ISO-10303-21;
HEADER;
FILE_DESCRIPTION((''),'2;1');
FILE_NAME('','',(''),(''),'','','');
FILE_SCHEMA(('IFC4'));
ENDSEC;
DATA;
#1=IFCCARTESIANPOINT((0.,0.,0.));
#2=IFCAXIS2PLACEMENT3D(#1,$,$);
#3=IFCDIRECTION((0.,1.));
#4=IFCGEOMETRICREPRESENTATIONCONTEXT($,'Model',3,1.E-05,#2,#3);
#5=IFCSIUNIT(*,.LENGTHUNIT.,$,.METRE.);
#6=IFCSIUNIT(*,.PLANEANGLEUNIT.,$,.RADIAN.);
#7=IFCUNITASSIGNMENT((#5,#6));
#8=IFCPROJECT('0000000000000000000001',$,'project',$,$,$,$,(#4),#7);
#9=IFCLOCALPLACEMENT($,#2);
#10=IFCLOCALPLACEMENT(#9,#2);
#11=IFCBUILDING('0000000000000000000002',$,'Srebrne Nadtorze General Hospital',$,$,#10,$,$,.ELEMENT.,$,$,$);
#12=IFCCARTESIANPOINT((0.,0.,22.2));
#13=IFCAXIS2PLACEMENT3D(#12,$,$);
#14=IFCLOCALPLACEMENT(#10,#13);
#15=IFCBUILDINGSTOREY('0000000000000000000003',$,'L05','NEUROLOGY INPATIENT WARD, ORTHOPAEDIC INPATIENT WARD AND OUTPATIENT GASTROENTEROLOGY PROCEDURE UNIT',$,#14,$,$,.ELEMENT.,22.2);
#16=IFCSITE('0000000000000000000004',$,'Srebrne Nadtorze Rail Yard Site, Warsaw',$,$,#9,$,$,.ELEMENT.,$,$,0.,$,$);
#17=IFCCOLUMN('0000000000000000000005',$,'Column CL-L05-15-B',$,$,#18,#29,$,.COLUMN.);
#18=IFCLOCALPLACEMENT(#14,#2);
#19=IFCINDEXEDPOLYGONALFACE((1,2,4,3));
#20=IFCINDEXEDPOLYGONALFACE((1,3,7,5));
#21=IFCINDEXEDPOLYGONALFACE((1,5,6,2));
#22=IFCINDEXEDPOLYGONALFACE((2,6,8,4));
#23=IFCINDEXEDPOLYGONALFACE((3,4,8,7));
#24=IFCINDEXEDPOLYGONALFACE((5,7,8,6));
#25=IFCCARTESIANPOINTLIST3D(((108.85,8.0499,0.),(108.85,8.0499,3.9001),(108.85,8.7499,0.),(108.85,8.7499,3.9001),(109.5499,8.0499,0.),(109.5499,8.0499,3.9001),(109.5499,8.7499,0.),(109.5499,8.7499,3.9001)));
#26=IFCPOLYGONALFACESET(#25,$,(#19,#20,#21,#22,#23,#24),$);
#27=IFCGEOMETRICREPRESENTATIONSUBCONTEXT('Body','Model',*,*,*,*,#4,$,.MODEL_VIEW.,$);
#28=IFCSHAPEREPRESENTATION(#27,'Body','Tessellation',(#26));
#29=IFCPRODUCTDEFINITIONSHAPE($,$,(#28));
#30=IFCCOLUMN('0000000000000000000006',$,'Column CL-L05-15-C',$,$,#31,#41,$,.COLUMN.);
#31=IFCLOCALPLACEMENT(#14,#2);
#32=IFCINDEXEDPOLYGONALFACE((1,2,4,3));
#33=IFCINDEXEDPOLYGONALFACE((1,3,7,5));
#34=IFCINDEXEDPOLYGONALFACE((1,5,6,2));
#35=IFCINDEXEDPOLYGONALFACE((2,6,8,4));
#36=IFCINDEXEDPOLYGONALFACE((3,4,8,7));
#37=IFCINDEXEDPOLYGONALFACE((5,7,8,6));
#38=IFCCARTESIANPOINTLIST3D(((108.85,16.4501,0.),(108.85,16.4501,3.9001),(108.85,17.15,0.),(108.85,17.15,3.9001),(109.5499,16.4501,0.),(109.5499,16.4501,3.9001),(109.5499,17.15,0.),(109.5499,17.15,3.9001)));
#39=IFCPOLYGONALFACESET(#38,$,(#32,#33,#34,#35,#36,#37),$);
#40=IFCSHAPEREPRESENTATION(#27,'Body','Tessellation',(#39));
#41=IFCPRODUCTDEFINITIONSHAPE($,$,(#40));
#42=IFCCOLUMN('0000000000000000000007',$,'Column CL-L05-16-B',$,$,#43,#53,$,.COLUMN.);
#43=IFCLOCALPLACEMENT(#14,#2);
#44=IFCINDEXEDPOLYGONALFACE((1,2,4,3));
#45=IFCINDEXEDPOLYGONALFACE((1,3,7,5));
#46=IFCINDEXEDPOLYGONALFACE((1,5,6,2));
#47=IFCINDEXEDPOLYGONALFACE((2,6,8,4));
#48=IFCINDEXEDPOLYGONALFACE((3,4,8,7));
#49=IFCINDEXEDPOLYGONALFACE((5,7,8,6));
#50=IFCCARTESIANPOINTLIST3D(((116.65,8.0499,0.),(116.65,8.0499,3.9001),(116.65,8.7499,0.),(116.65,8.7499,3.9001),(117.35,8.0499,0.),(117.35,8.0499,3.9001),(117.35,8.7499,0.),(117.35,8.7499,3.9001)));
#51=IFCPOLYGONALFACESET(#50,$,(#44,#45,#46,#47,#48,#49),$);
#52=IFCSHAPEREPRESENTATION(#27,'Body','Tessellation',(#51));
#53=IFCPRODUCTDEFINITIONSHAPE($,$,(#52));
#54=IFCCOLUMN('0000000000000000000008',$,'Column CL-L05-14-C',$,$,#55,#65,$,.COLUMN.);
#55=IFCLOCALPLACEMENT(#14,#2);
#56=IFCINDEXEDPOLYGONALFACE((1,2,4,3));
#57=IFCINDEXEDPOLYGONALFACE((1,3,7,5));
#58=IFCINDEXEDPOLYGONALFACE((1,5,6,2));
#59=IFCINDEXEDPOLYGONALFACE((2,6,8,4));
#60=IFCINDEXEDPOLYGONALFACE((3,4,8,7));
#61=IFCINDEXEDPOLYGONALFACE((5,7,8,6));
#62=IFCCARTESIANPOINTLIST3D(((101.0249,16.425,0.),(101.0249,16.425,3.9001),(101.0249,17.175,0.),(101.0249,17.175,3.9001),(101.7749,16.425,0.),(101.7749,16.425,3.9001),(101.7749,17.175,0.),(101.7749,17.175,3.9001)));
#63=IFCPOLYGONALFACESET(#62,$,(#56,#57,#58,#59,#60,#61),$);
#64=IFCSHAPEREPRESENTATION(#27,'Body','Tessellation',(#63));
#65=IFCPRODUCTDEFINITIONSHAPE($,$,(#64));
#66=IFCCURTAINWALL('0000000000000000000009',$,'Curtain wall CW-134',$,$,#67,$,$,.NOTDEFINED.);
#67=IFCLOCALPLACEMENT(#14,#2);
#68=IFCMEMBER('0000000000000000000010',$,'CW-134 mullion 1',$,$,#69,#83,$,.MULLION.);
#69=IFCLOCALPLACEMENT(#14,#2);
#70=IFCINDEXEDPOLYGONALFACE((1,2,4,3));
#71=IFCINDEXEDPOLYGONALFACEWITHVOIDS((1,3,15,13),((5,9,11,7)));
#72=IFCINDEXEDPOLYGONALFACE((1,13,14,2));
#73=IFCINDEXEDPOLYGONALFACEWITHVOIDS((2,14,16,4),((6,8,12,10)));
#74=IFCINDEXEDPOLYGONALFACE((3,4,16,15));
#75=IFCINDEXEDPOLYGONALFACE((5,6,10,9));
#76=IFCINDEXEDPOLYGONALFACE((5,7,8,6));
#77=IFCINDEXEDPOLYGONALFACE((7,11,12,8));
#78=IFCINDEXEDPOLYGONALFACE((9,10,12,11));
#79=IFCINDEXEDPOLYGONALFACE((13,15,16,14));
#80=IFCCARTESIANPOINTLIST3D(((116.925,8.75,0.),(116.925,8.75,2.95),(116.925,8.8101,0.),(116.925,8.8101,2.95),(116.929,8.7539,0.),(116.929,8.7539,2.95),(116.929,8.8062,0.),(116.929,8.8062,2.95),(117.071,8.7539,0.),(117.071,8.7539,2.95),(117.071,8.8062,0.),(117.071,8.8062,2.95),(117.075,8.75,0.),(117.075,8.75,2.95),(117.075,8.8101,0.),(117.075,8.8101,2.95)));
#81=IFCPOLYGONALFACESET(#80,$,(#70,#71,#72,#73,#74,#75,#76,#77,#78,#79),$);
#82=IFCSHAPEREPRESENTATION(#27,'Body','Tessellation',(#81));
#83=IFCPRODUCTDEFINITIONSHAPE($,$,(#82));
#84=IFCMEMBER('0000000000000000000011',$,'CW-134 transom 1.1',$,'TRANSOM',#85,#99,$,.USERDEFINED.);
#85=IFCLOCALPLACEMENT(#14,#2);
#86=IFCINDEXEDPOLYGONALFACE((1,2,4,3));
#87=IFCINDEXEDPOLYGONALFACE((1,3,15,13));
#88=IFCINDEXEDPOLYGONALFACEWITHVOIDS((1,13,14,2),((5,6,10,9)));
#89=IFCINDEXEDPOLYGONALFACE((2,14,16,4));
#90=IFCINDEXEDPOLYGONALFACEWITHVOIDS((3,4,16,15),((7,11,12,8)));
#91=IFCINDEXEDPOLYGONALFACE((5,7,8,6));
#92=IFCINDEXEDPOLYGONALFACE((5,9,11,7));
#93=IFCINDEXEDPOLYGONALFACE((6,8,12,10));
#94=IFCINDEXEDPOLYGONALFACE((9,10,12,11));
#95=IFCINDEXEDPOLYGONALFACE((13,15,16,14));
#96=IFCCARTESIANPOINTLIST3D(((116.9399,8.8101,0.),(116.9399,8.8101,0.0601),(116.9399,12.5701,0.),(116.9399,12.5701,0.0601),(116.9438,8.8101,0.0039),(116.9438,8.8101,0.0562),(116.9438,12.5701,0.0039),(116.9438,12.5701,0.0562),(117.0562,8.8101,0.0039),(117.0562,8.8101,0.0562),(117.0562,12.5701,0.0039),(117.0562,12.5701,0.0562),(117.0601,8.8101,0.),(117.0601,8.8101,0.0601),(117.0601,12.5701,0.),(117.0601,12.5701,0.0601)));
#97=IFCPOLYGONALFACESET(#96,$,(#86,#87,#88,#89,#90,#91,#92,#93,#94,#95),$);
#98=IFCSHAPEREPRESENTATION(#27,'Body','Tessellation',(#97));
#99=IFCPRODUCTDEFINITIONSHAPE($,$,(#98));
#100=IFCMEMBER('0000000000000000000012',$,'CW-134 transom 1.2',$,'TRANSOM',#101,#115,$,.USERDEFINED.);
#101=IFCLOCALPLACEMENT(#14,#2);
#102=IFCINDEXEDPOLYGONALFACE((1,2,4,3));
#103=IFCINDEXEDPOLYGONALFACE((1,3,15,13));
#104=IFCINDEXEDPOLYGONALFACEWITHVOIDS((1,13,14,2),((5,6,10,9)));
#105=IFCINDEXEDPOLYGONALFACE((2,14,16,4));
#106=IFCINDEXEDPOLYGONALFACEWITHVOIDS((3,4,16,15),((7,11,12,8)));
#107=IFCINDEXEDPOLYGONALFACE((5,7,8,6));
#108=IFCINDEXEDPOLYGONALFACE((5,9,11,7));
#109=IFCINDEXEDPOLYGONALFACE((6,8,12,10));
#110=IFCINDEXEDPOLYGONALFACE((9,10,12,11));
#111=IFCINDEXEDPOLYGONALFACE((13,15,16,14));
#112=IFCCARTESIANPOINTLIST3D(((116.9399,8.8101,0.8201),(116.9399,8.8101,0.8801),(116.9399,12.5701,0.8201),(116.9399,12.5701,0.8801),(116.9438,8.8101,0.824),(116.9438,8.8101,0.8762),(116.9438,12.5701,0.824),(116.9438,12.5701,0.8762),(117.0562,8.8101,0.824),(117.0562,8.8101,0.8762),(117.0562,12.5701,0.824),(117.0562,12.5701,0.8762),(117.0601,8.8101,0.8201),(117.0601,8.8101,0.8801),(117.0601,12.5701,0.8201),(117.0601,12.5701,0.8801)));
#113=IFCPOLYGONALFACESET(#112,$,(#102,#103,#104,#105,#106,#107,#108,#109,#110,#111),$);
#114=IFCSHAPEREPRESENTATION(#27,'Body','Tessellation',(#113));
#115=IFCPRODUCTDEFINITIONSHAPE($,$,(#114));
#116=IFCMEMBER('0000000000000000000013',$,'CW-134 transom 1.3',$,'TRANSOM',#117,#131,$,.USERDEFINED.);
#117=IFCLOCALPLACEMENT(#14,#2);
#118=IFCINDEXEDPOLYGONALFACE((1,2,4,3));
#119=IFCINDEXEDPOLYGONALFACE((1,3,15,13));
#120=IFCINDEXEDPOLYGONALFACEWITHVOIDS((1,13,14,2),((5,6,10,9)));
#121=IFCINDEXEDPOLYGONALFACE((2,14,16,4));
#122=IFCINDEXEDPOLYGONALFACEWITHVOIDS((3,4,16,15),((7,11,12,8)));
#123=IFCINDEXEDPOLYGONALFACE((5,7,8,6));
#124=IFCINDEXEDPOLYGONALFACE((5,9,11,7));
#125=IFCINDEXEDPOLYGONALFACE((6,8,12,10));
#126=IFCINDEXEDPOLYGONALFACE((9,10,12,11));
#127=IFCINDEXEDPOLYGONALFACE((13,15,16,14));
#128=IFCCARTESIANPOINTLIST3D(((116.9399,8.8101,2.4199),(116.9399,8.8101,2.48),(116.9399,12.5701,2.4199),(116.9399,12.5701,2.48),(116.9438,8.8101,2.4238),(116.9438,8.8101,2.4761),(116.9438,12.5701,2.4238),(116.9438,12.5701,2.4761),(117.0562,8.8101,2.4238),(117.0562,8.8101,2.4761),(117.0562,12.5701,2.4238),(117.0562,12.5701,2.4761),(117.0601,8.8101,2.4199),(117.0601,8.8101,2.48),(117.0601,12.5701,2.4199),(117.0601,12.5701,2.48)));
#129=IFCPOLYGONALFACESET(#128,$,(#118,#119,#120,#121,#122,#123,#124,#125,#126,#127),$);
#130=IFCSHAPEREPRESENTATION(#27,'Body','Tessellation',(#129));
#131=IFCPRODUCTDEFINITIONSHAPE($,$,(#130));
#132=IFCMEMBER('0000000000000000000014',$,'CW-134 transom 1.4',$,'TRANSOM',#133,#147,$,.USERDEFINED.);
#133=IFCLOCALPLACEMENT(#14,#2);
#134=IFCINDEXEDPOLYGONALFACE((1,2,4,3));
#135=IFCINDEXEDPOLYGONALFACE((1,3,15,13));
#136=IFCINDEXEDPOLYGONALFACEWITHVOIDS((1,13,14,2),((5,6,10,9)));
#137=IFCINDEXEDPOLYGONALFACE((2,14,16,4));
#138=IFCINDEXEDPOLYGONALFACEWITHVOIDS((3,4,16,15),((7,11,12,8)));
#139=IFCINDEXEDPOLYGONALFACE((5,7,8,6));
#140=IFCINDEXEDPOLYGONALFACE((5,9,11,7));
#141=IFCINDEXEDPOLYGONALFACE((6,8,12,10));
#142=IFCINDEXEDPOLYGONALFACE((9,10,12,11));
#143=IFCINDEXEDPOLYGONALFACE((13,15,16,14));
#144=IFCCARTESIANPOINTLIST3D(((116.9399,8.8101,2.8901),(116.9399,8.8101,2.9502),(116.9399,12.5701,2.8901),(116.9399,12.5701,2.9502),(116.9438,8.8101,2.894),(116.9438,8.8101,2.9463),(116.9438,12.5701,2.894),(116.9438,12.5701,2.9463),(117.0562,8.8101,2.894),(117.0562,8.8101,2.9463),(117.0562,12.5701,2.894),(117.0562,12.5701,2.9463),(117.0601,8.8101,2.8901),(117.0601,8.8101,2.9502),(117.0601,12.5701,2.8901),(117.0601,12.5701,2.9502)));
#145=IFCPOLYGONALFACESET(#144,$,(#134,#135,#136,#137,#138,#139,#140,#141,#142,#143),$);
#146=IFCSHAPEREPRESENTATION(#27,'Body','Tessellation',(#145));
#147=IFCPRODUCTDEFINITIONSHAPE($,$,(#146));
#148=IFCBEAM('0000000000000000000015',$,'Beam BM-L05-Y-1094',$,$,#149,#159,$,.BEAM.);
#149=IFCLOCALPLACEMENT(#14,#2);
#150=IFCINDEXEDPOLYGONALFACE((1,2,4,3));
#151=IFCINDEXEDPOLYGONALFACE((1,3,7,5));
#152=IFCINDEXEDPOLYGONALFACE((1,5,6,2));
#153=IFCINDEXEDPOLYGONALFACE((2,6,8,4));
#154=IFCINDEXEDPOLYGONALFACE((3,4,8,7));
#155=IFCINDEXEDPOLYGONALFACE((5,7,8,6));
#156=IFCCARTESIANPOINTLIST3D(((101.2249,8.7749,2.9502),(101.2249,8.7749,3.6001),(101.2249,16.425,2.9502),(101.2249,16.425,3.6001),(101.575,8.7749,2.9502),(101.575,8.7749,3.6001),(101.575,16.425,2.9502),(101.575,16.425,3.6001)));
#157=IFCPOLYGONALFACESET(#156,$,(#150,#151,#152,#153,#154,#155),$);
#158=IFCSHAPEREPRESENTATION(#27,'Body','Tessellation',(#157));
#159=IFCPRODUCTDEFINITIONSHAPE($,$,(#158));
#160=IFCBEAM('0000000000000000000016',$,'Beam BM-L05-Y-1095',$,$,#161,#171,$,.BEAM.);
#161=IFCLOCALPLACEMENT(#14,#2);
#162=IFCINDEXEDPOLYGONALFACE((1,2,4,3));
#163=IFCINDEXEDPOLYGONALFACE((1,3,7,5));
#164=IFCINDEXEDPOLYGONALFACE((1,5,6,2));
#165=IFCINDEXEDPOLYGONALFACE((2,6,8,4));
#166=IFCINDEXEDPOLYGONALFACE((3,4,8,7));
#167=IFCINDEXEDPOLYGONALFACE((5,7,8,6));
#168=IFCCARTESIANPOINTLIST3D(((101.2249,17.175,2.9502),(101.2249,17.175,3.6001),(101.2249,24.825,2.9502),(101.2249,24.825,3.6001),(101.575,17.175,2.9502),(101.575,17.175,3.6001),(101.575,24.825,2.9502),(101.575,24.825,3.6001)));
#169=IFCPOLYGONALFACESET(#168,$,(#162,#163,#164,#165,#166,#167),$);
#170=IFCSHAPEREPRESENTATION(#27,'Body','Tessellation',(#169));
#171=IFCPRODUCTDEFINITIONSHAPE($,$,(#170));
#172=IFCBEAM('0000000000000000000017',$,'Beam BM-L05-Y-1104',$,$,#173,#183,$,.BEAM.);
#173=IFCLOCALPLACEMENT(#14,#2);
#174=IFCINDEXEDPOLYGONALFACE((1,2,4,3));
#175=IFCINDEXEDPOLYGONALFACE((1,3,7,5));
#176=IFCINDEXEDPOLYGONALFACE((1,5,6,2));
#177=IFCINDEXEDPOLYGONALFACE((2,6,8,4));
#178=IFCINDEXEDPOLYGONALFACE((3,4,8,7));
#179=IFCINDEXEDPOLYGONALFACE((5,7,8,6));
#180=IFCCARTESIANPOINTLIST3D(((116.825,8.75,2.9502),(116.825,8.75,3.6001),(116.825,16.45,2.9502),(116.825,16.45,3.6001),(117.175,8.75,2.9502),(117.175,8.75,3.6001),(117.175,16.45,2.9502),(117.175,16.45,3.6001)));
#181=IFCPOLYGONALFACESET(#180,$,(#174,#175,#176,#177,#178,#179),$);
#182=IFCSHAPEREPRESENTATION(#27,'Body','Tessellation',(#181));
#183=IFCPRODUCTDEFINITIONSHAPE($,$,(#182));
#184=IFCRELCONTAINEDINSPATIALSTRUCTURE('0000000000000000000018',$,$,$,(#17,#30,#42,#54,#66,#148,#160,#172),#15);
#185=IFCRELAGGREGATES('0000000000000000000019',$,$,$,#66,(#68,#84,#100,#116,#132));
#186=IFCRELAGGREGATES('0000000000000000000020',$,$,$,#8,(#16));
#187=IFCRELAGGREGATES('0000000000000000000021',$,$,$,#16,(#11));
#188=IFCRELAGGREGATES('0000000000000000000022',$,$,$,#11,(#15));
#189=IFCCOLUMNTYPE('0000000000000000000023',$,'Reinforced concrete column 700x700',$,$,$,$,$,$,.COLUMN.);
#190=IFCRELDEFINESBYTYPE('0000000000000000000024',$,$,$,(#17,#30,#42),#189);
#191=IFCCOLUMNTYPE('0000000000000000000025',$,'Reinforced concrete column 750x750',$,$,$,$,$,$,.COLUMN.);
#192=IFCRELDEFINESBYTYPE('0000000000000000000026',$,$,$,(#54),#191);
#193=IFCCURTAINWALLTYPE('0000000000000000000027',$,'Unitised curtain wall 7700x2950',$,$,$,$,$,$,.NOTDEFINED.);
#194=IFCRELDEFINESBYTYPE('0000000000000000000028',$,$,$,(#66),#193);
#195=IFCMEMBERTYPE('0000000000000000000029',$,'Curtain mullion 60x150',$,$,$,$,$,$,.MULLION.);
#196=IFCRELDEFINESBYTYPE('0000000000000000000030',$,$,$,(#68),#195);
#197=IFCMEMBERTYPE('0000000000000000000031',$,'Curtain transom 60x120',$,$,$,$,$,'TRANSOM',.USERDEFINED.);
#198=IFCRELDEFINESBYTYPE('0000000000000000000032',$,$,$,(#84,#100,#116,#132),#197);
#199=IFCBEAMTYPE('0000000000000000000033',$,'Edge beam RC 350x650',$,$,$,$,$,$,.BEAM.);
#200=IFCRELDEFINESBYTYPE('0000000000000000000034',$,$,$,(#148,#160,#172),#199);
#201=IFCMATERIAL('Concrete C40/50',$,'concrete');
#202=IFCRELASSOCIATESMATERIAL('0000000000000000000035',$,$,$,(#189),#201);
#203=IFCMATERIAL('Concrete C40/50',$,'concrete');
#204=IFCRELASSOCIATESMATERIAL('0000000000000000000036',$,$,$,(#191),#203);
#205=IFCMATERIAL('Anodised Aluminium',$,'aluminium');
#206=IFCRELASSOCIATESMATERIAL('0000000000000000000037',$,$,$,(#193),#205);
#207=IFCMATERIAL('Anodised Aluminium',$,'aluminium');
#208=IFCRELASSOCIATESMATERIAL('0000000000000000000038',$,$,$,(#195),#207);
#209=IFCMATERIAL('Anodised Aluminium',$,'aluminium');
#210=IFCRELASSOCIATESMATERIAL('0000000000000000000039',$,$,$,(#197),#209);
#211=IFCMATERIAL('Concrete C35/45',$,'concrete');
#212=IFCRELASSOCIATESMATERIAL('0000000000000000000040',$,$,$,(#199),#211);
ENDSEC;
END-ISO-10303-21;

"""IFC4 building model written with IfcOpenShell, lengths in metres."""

from ifc_helpers import new_model, si_unit, direction, frame, origin, origin_2d, place, context, subcontext, project, spatial, rectangle, hollow_rectangle, extrude, material, material_profile, profile_set, type_object, element, aggregate, save


model = new_model("IFC4")

# Units and contexts
model_context = context("Model", 3, precision=1e-05, world=origin(), true_north=direction((0.0, 1.0)))
body_context = subcontext(model_context, "Body", "Model", "MODEL_VIEW")
ifc_project = project(units=[si_unit("LENGTHUNIT", "METRE"), si_unit("PLANEANGLEUNIT", "RADIAN")], contexts=[model_context])

# Site, building, storey
site_placement = place(None, origin())
site = spatial("IfcSite", under=ifc_project, at=site_placement, Name="Srebrne Nadtorze Rail Yard Site, Warsaw", CompositionType="ELEMENT", RefElevation=0.0)
building_placement = place(site_placement, origin())
building = spatial("IfcBuilding", under=site, at=building_placement, Name="Srebrne Nadtorze General Hospital", CompositionType="ELEMENT")
storey_placement = place(building_placement, frame((0.0, 0.0, 22.2)))
storey = spatial("IfcBuildingStorey", under=building, at=storey_placement, Name="L05", Description="NEUROLOGY INPATIENT WARD, ORTHOPAEDIC INPATIENT WARD AND OUTPATIENT GASTROENTEROLOGY PROCEDURE UNIT", CompositionType="ELEMENT", Elevation=22.2)

# Columns
ifc_material_1 = material(Name="Concrete C40/50", Category="concrete")
ifc_material_profile_1 = material_profile(ifc_material_1, rectangle(XDim=0.7, YDim=0.7, at=origin_2d()), Name="RC-COL-700x700")
ifc_profile_set_1 = profile_set([ifc_material_profile_1], Name="Concrete C40/50")
column_type_1 = type_object("IfcColumnType", Name="Reinforced concrete column 700x700", PredefinedType="COLUMN", material=ifc_profile_set_1)
for number, where, z_axis, x_axis, name in (
    (1, (109.2, 8.3999, 0.0), (0.0, 0.0, 1.0), (1.0, 0.0, 0.0), "Column CL-L05-15-B"),
    (2, (109.2, 16.8, 0.0), (0.0, 0.0, 1.0), (1.0, 0.0, 0.0), "Column CL-L05-15-C"),
    (3, (117.0, 8.3999, 0.0), (0.0, 0.0, 1.0), (1.0, 0.0, 0.0), "Column CL-L05-16-B"),
):
    element("IfcColumn", number, at=place(storey_placement, frame(where, z_axis=z_axis, x_axis=x_axis)), inside=storey, type_object=column_type_1, Name=name, PredefinedType="COLUMN", context=body_context, shape_type="SweptSolid", body=[
        extrude(rectangle(XDim=0.7, YDim=0.7, at=origin_2d()), origin(), (0.0, 0.0, 1.0), 3.9001),
    ])
ifc_material_2 = material(Name="Concrete C40/50", Category="concrete")
ifc_material_profile_2 = material_profile(ifc_material_2, rectangle(XDim=0.75, YDim=0.75, at=origin_2d()), Name="RC-COL-750x750")
ifc_profile_set_2 = profile_set([ifc_material_profile_2], Name="Concrete C40/50")
column_type_2 = type_object("IfcColumnType", Name="Reinforced concrete column 750x750", PredefinedType="COLUMN", material=ifc_profile_set_2)
column_placement = place(storey_placement, frame((101.3999, 16.8, 0.0), z_axis=(0.0, 0.0, 1.0), x_axis=(1.0, 0.0, 0.0)))
element("IfcColumn", 4, at=column_placement, inside=storey, type_object=column_type_2, Name="Column CL-L05-14-C", PredefinedType="COLUMN", context=body_context, shape_type="SweptSolid", body=[
    extrude(rectangle(XDim=0.75, YDim=0.75, at=origin_2d()), origin(), (0.0, 0.0, 1.0), 3.9001),
])

# Curtain wall, members
ifc_material_3 = material(Name="Anodised Aluminium", Category="aluminium")
curtain_wall_type = type_object("IfcCurtainWallType", Name="Unitised curtain wall 7700x2950", PredefinedType="NOTDEFINED", material=ifc_material_3)
curtain_wall_placement = place(storey_placement, origin())
curtain_wall = element("IfcCurtainWall", 5, at=curtain_wall_placement, inside=storey, type_object=curtain_wall_type, Name="Curtain wall CW-134", PredefinedType="NOTDEFINED")
ifc_material_4 = material(Name="Anodised Aluminium", Category="aluminium")
ifc_material_profile_3 = material_profile(ifc_material_4, hollow_rectangle(XDim=0.0601, YDim=0.1499, WallThickness=0.0039, at=origin_2d()), Name="AL-MUL-60x150")
ifc_profile_set_3 = profile_set([ifc_material_profile_3], Name="Anodised Aluminium")
member_type_1 = type_object("IfcMemberType", Name="Curtain mullion 60x150", PredefinedType="MULLION", material=ifc_profile_set_3)
member_1_placement = place(storey_placement, frame((117.0, 8.78, 0.0), z_axis=(0.0, 0.0, 1.0), x_axis=(0.0, 1.0, 0.0)))
member_1 = element("IfcMember", 6, at=member_1_placement, type_object=member_type_1, Name="CW-134 mullion 1", PredefinedType="MULLION", context=body_context, shape_type="SweptSolid", body=[
    extrude(hollow_rectangle(XDim=0.0601, YDim=0.1499, WallThickness=0.0039, at=origin_2d()), origin(), (0.0, 0.0, 1.0), 2.95),
])
ifc_material_5 = material(Name="Anodised Aluminium", Category="aluminium")
ifc_material_profile_4 = material_profile(ifc_material_5, hollow_rectangle(XDim=0.0601, YDim=0.1201, WallThickness=0.0039, at=origin_2d()), Name="AL-TRN-60x120")
ifc_profile_set_4 = profile_set([ifc_material_profile_4], Name="Anodised Aluminium")
member_type_2 = type_object("IfcMemberType", Name="Curtain transom 60x120", ElementType="TRANSOM", PredefinedType="USERDEFINED", material=ifc_profile_set_4)
member_2_placement = place(storey_placement, frame((117.0, 8.8101, 0.03), z_axis=(0.0, 1.0, 0.0), x_axis=(0.0, 0.0, 1.0)))
member_2 = element("IfcMember", 7, at=member_2_placement, type_object=member_type_2, Name="CW-134 transom 1.1", ObjectType="TRANSOM", PredefinedType="USERDEFINED", context=body_context, shape_type="SweptSolid", body=[
    extrude(hollow_rectangle(XDim=0.0601, YDim=0.1201, WallThickness=0.0039, at=origin_2d()), origin(), (0.0, 0.0, 1.0), 3.76),
])
member_3_placement = place(storey_placement, frame((117.0, 8.8101, 0.8501), z_axis=(0.0, 1.0, 0.0), x_axis=(0.0, 0.0, 1.0)))
member_3 = element("IfcMember", 8, at=member_3_placement, type_object=member_type_2, Name="CW-134 transom 1.2", ObjectType="TRANSOM", PredefinedType="USERDEFINED", context=body_context, shape_type="SweptSolid", body=[
    extrude(hollow_rectangle(XDim=0.0601, YDim=0.1201, WallThickness=0.0039, at=origin_2d()), origin(), (0.0, 0.0, 1.0), 3.76),
])
member_4_placement = place(storey_placement, frame((117.0, 8.8101, 2.45), z_axis=(0.0, 1.0, 0.0), x_axis=(0.0, 0.0, 1.0)))
member_4 = element("IfcMember", 9, at=member_4_placement, type_object=member_type_2, Name="CW-134 transom 1.3", ObjectType="TRANSOM", PredefinedType="USERDEFINED", context=body_context, shape_type="SweptSolid", body=[
    extrude(hollow_rectangle(XDim=0.0601, YDim=0.1201, WallThickness=0.0039, at=origin_2d()), origin(), (0.0, 0.0, 1.0), 3.76),
])
member_5_placement = place(storey_placement, frame((117.0, 8.8101, 2.9202), z_axis=(0.0, 1.0, 0.0), x_axis=(0.0, 0.0, 1.0)))
member_5 = element("IfcMember", 10, at=member_5_placement, type_object=member_type_2, Name="CW-134 transom 1.4", ObjectType="TRANSOM", PredefinedType="USERDEFINED", context=body_context, shape_type="SweptSolid", body=[
    extrude(hollow_rectangle(XDim=0.0601, YDim=0.1201, WallThickness=0.0039, at=origin_2d()), origin(), (0.0, 0.0, 1.0), 3.76),
])

# Beams
ifc_material_6 = material(Name="Concrete C35/45", Category="concrete")
ifc_material_profile_5 = material_profile(ifc_material_6, rectangle(XDim=0.3501, YDim=0.6499, at=origin_2d()), Name="RC-BM-350x650")
ifc_profile_set_5 = profile_set([ifc_material_profile_5], Name="Concrete C35/45")
beam_type = type_object("IfcBeamType", Name="Edge beam RC 350x650", PredefinedType="BEAM", material=ifc_profile_set_5)
beam_1_placement = place(storey_placement, frame((101.3999, 8.7749, 3.2751), z_axis=(0.0, 1.0, 0.0), x_axis=(-1.0, 0.0, 0.0)))
element("IfcBeam", 11, at=beam_1_placement, inside=storey, type_object=beam_type, Name="Beam BM-L05-Y-1094", PredefinedType="BEAM", context=body_context, shape_type="SweptSolid", body=[
    extrude(rectangle(XDim=0.3501, YDim=0.6499, at=origin_2d()), origin(), (0.0, 0.0, 1.0), 7.6501),
])
beam_2_placement = place(storey_placement, frame((101.3999, 17.175, 3.2751), z_axis=(0.0, 1.0, 0.0), x_axis=(-1.0, 0.0, 0.0)))
element("IfcBeam", 12, at=beam_2_placement, inside=storey, type_object=beam_type, Name="Beam BM-L05-Y-1095", PredefinedType="BEAM", context=body_context, shape_type="SweptSolid", body=[
    extrude(rectangle(XDim=0.3501, YDim=0.6499, at=origin_2d()), origin(), (0.0, 0.0, 1.0), 7.6499),
])
beam_3_placement = place(storey_placement, frame((117.0, 8.75, 3.2751), z_axis=(0.0, 1.0, 0.0), x_axis=(-1.0, 0.0, 0.0)))
element("IfcBeam", 13, at=beam_3_placement, inside=storey, type_object=beam_type, Name="Beam BM-L05-Y-1104", PredefinedType="BEAM", context=body_context, shape_type="SweptSolid", body=[
    extrude(rectangle(XDim=0.3501, YDim=0.6499, at=origin_2d()), origin(), (0.0, 0.0, 1.0), 7.7),
])

aggregate(curtain_wall, [member_1, member_2, member_3, member_4, member_5])

save(model, "model.ifc")
